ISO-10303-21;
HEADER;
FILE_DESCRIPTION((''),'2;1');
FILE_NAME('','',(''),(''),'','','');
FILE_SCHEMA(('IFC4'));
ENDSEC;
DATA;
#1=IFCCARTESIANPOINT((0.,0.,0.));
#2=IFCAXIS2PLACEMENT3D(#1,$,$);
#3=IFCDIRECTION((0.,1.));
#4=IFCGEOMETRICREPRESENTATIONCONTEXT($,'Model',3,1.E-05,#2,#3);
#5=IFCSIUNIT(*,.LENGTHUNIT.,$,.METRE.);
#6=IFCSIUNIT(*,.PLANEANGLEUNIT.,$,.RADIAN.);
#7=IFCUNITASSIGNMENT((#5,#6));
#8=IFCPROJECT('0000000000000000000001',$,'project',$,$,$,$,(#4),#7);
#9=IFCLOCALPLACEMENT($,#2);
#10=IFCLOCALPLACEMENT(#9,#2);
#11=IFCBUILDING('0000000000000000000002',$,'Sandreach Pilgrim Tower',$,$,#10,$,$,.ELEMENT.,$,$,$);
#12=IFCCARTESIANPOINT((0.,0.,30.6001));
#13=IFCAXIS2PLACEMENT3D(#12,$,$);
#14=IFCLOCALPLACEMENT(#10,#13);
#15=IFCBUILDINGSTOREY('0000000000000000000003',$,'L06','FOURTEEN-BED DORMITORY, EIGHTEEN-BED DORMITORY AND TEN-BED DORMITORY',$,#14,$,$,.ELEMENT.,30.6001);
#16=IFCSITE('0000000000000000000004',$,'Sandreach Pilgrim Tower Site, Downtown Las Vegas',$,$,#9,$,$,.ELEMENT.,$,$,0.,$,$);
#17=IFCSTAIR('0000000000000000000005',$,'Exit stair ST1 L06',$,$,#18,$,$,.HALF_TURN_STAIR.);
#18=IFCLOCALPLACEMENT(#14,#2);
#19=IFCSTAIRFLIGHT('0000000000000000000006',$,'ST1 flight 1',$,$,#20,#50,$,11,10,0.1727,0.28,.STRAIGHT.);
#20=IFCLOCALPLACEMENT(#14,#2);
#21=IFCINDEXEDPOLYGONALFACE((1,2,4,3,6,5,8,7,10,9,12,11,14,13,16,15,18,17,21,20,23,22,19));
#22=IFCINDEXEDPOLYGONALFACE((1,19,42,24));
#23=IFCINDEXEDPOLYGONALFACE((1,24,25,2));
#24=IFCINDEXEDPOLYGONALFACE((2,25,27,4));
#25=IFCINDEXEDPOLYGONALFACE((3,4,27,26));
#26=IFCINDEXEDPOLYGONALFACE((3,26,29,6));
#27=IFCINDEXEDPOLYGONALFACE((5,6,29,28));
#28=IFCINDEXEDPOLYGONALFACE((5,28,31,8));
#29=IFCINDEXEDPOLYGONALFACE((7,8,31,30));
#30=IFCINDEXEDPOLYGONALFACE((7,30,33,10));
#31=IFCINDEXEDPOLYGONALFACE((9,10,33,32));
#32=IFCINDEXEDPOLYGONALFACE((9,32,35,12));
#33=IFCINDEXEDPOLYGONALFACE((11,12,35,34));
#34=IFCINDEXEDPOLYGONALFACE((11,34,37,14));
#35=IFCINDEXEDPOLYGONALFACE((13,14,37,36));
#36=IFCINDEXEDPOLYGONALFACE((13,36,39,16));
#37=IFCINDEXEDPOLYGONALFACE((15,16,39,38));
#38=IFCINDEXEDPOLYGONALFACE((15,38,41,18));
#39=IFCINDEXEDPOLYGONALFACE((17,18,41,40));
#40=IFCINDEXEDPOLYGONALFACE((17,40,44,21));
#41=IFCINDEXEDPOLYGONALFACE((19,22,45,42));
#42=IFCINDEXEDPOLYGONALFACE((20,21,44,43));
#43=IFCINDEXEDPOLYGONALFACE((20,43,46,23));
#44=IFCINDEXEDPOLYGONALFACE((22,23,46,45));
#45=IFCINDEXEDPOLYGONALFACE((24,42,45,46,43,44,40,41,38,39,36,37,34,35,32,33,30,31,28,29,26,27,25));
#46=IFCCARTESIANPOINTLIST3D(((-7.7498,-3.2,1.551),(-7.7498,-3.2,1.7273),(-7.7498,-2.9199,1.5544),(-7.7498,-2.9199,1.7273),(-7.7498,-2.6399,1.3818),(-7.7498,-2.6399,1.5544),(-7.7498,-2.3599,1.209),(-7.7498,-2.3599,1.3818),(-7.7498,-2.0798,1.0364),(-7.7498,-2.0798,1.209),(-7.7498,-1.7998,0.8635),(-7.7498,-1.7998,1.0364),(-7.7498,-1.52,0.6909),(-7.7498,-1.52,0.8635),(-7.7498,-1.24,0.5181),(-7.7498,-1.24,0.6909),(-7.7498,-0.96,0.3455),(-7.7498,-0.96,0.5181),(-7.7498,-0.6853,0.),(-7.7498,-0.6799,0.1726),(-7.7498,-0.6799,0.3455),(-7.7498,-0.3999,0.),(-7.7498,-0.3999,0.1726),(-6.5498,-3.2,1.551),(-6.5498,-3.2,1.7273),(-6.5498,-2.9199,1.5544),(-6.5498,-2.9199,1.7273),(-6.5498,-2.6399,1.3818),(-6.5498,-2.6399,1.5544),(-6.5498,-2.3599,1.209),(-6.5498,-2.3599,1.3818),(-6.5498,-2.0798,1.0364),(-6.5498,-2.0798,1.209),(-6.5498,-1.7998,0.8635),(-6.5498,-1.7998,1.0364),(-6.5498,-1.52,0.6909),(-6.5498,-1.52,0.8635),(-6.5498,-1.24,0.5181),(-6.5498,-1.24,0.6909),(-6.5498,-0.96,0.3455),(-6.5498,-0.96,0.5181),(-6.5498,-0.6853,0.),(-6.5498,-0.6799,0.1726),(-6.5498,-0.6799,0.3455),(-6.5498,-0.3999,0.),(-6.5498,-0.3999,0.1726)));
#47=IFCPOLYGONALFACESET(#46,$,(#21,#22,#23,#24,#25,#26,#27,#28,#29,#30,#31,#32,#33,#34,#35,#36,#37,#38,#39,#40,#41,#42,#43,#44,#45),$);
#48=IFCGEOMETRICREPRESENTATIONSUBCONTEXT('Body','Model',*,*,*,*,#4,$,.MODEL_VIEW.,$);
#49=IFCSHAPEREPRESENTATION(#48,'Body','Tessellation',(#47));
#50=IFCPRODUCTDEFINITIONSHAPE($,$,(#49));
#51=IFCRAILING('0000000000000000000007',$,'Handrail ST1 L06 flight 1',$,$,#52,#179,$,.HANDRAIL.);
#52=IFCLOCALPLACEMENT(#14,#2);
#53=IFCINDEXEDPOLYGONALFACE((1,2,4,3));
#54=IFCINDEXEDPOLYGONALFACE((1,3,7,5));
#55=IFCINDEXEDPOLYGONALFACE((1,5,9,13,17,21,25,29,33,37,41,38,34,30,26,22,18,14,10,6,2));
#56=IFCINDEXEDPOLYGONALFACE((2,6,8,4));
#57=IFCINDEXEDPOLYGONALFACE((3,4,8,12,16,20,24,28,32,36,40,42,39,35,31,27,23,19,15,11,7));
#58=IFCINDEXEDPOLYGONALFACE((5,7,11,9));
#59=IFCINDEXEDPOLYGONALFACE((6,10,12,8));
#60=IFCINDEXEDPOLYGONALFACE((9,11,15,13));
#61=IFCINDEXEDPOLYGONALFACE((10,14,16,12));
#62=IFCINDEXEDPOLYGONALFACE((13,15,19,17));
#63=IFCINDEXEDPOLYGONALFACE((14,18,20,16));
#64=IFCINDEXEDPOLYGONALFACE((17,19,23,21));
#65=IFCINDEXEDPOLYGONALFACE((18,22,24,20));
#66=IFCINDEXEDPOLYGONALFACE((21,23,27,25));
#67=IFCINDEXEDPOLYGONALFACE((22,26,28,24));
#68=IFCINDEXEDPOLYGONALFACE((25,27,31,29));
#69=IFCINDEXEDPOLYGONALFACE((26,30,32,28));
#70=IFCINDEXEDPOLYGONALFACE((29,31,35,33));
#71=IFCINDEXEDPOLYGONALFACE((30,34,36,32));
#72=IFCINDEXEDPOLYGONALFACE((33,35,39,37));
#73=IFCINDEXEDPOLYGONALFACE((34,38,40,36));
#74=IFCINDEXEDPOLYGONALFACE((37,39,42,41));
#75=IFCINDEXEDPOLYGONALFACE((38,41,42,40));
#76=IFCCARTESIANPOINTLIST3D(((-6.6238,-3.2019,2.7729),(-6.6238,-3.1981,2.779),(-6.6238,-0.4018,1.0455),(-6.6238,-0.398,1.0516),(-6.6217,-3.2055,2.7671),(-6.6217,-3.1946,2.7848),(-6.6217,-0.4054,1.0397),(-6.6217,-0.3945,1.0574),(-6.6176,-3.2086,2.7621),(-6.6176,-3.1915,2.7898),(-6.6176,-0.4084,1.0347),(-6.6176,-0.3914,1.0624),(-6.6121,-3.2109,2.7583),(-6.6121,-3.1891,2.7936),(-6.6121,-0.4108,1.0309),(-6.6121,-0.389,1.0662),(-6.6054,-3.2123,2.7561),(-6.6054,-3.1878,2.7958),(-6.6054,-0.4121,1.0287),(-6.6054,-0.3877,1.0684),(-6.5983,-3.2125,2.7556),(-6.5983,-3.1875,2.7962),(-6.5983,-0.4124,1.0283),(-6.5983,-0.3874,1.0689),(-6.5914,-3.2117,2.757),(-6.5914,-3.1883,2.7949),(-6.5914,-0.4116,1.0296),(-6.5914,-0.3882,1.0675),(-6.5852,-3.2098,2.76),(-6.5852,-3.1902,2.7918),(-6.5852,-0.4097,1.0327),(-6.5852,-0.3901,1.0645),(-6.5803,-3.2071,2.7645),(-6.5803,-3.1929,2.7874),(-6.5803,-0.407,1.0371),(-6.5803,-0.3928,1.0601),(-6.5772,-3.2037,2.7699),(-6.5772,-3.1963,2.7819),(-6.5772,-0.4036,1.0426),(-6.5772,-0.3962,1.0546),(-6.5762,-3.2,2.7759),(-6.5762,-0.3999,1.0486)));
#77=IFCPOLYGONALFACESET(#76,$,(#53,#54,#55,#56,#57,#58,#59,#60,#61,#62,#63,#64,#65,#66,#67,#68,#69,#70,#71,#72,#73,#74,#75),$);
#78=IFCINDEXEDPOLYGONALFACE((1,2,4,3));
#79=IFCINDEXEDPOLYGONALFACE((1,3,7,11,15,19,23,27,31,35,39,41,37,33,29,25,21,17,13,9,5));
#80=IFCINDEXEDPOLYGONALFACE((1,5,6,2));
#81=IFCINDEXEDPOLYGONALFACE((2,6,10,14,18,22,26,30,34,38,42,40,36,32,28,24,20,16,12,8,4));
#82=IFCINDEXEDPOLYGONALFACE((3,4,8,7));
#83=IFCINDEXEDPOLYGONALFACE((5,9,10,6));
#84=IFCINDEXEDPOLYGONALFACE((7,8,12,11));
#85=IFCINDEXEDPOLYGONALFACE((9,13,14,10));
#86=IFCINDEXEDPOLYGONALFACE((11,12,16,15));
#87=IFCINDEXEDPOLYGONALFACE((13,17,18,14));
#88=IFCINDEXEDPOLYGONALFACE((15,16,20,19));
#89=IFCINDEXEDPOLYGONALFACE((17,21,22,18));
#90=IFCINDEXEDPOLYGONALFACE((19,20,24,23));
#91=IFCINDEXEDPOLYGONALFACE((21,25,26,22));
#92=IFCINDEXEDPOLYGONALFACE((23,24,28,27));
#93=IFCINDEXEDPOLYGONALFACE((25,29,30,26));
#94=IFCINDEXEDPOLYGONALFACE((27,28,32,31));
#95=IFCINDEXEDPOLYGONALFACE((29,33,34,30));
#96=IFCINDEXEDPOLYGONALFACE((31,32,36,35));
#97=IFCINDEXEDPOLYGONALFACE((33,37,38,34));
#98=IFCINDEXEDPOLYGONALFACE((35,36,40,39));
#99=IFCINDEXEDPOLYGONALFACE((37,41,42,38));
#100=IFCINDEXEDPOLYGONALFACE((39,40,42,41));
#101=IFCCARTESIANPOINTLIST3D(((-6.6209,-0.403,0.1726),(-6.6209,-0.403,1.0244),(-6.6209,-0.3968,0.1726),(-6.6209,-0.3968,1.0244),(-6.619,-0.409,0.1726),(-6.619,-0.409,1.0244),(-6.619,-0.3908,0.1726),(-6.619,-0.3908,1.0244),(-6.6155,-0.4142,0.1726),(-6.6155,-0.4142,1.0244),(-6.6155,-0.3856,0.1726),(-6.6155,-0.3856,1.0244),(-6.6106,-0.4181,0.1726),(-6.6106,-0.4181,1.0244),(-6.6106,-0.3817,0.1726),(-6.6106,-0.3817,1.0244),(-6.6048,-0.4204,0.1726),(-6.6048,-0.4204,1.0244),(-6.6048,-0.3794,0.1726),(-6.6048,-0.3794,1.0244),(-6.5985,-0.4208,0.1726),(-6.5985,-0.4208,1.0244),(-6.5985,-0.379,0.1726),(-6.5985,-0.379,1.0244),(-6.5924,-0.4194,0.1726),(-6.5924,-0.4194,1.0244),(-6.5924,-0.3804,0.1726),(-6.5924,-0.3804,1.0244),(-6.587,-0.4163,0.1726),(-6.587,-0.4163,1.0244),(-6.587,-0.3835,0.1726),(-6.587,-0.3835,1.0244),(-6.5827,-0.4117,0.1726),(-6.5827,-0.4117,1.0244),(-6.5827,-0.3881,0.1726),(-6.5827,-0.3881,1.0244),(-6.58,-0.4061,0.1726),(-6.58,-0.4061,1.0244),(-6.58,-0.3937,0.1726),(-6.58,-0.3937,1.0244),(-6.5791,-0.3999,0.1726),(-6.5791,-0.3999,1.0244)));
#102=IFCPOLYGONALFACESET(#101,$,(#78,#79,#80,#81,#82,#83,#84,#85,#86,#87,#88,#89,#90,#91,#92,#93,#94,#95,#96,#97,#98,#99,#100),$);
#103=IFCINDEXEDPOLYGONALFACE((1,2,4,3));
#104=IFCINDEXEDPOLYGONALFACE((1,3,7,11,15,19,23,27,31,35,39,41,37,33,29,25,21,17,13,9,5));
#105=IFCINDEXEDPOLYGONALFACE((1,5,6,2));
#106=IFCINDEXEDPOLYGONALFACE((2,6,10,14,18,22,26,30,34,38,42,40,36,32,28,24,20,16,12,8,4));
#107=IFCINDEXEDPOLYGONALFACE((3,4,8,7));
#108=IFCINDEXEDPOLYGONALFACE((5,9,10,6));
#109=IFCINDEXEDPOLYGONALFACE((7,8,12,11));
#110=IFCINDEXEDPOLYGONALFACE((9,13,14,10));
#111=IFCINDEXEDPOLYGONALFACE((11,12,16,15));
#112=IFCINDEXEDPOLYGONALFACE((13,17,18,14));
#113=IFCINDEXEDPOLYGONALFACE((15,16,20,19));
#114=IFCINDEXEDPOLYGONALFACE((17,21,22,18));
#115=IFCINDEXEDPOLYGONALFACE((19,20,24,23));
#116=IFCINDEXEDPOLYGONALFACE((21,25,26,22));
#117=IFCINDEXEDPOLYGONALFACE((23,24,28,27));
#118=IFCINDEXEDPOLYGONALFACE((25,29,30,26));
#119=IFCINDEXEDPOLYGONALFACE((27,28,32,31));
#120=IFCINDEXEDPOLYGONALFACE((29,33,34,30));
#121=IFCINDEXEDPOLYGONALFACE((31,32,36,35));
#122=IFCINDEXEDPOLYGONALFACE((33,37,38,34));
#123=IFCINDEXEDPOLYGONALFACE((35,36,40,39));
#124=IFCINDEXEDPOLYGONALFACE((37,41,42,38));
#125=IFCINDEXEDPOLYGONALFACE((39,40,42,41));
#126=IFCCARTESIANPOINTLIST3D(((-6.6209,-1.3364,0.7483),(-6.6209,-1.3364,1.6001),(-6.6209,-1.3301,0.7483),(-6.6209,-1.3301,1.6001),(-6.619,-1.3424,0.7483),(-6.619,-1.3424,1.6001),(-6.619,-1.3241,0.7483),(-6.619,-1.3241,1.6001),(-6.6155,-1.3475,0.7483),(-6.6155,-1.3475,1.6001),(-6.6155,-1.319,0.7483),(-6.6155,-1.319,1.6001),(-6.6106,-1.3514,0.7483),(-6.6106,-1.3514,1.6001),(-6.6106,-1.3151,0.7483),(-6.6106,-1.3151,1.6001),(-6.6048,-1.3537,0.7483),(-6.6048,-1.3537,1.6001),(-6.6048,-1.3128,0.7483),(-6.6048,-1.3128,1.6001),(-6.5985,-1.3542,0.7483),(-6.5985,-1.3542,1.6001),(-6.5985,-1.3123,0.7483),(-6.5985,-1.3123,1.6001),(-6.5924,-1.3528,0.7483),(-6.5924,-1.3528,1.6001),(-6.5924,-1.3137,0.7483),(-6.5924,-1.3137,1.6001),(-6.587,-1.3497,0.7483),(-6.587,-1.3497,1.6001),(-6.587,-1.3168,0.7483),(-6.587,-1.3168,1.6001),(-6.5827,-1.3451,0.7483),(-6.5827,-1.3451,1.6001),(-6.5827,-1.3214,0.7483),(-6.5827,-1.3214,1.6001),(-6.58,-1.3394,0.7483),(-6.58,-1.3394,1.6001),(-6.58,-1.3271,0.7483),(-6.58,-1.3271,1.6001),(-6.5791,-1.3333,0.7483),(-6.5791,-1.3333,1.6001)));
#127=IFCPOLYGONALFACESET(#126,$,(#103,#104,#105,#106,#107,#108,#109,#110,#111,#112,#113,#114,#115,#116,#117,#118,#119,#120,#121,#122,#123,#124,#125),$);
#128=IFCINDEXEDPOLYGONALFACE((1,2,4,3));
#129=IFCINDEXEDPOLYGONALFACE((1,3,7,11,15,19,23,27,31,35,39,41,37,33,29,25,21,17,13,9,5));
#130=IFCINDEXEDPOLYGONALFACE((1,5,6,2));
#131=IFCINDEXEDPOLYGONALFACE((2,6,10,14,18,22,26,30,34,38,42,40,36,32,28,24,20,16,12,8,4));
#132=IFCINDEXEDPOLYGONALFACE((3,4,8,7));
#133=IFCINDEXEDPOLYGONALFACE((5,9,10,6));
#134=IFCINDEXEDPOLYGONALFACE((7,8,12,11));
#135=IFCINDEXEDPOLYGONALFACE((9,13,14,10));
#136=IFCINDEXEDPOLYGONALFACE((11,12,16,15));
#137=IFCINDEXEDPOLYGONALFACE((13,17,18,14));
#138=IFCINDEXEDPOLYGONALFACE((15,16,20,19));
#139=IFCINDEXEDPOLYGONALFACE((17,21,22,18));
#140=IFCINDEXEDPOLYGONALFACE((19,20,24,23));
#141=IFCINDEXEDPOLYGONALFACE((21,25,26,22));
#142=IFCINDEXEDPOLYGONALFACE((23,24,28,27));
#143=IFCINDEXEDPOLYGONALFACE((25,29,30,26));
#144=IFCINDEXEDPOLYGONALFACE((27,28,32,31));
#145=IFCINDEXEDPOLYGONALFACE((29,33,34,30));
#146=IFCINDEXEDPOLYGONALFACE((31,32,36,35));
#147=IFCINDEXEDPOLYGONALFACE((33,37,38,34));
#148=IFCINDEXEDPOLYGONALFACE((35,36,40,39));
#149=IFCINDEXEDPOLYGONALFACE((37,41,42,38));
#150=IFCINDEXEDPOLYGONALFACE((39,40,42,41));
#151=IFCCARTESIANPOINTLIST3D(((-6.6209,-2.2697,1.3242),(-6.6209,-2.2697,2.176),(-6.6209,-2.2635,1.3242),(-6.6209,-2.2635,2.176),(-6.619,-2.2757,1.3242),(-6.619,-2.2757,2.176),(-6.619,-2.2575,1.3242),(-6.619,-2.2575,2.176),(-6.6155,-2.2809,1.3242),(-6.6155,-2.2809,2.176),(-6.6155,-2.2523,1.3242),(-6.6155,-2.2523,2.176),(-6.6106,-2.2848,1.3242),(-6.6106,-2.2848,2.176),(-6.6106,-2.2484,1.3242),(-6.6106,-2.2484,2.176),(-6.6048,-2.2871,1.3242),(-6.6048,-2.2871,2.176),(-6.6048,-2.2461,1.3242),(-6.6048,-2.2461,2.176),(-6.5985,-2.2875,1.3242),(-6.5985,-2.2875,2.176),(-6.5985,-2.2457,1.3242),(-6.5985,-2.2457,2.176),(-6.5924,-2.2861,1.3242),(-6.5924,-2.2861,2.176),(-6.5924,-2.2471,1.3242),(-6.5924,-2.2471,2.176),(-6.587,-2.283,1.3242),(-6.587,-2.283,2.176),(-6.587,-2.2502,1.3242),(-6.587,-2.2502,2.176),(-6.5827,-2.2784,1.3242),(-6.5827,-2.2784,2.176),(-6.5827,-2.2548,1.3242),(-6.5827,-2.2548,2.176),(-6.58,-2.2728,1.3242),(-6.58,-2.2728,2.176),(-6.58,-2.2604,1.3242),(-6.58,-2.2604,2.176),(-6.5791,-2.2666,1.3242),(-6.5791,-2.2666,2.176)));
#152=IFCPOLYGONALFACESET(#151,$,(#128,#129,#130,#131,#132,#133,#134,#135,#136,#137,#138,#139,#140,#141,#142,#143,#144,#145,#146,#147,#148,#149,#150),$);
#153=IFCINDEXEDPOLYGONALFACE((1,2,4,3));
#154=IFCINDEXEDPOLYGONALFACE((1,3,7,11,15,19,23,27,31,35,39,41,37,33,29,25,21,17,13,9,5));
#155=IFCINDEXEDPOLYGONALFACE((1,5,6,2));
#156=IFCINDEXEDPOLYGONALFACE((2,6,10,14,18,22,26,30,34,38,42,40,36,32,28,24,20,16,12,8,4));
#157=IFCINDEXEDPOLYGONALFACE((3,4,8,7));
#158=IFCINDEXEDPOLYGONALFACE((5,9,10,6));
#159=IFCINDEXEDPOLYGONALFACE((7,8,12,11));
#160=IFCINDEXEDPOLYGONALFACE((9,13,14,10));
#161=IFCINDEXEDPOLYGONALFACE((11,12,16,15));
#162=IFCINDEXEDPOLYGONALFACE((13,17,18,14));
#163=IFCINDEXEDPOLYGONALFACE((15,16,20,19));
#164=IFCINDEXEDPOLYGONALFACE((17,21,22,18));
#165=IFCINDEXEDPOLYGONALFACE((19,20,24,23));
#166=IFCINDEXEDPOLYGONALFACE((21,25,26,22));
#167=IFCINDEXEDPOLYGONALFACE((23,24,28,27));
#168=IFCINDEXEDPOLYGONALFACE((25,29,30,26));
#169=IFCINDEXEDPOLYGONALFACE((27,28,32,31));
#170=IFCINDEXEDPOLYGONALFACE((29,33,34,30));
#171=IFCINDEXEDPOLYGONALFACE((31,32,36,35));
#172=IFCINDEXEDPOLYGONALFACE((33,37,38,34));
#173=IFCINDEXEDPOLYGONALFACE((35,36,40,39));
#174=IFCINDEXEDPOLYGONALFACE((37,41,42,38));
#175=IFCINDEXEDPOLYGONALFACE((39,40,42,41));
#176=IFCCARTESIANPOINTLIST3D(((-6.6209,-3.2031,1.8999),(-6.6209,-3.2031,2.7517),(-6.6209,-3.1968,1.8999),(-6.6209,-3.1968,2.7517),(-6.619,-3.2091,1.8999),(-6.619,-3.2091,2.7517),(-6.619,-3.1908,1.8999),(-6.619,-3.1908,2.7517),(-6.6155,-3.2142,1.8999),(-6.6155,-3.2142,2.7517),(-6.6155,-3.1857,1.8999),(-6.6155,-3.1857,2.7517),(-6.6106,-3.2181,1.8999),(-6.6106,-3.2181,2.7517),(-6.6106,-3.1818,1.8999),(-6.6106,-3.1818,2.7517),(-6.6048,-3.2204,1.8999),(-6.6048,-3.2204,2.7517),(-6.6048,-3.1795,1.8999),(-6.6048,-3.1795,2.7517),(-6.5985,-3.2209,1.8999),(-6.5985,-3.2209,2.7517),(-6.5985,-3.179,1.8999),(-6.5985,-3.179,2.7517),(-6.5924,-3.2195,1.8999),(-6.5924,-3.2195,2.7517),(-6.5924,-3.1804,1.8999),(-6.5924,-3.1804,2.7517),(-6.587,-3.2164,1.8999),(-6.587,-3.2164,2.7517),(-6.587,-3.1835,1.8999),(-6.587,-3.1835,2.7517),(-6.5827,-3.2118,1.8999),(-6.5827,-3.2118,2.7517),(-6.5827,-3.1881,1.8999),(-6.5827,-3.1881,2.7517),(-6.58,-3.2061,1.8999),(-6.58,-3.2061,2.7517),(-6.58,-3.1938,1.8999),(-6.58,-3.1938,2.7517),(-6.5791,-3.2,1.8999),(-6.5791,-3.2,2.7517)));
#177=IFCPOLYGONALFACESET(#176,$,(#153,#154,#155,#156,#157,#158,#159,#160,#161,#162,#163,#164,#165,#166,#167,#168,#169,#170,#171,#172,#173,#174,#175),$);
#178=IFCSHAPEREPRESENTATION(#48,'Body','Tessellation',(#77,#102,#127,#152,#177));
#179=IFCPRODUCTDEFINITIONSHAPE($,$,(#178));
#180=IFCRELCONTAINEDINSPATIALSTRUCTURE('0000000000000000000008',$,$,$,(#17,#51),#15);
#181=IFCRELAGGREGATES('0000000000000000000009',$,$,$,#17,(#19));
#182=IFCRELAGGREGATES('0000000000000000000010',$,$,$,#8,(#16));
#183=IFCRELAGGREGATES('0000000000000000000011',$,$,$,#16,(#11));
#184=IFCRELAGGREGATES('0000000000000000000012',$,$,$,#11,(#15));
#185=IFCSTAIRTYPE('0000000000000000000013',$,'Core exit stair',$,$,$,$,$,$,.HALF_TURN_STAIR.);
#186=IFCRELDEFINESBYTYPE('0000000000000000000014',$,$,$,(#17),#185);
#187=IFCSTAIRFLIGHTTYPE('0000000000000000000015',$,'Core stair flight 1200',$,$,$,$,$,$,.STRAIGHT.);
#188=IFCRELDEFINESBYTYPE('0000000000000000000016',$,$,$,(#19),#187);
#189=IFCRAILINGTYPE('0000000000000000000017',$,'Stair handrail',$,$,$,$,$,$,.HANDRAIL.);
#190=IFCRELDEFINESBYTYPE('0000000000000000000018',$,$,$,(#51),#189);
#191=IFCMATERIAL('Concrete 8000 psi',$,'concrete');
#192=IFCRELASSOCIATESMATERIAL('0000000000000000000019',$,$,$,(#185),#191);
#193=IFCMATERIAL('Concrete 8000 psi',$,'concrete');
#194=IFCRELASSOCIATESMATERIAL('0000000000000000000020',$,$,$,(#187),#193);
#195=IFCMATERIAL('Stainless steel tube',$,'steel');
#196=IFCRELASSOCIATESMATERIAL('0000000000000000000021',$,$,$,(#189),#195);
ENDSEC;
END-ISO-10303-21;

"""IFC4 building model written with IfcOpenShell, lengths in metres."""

from ifc_helpers import new_model, si_unit, direction, frame, origin, origin_2d, place, context, subcontext, project, spatial, polyline, circle, outline, extrude, material, type_object, element, aggregate, save


model = new_model("IFC4")

# Units and contexts
model_context = context("Model", 3, precision=1e-05, world=origin(), true_north=direction((0.0, 1.0)))
body_context = subcontext(model_context, "Body", "Model", "MODEL_VIEW")
ifc_project = project(units=[si_unit("LENGTHUNIT", "METRE"), si_unit("PLANEANGLEUNIT", "RADIAN")], contexts=[model_context])

# Site, building, storey
site_placement = place(None, origin())
site = spatial("IfcSite", under=ifc_project, at=site_placement, Name="Sandreach Pilgrim Tower Site, Downtown Las Vegas", CompositionType="ELEMENT", RefElevation=0.0)
building_placement = place(site_placement, origin())
building = spatial("IfcBuilding", under=site, at=building_placement, Name="Sandreach Pilgrim Tower", CompositionType="ELEMENT")
storey_placement = place(building_placement, frame((0.0, 0.0, 30.6001)))
storey = spatial("IfcBuildingStorey", under=building, at=storey_placement, Name="L06", Description="FOURTEEN-BED DORMITORY, EIGHTEEN-BED DORMITORY AND TEN-BED DORMITORY", CompositionType="ELEMENT", Elevation=30.6001)

# Stair, stair flight
ifc_material_1 = material(Name="Concrete 8000 psi", Category="concrete")
stair_type = type_object("IfcStairType", Name="Core exit stair", PredefinedType="HALF_TURN_STAIR", material=ifc_material_1)
stair_placement = place(storey_placement, origin())
stair = element("IfcStair", 1, at=stair_placement, inside=storey, type_object=stair_type, Name="Exit stair ST1 L06", PredefinedType="HALF_TURN_STAIR")
ifc_material_2 = material(Name="Concrete 8000 psi", Category="concrete")
stair_flight_type = type_object("IfcStairFlightType", Name="Core stair flight 1200", PredefinedType="STRAIGHT", material=ifc_material_2)
stair_flight_placement = place(storey_placement, frame((-7.1499, -0.3999, 0.0), z_axis=(0.0, 0.0, 1.0), x_axis=(0.0, -1.0, 0.0)))
stair_flight = element("IfcStairFlight", 2, at=stair_flight_placement, type_object=stair_flight_type, Name="ST1 flight 1", NumberOfRisers=11, NumberOfTreads=10, PredefinedType="STRAIGHT", RiserHeight=0.1727, TreadLength=0.28, context=body_context, shape_type="SweptSolid", body=[
    extrude(outline(polyline([(0.0, 0.0), (0.0, 0.1726), (0.28, 0.1726), (0.28, 0.3455), (0.5601, 0.3455), (0.5601, 0.5181), (0.8401, 0.5181), (0.8401, 0.6909), (1.1201, 0.6909), (1.1201, 0.8635), (1.3999, 0.8635), (1.3999, 1.0364), (1.6799, 1.0364), (1.6799, 1.209), (1.96, 1.209), (1.96, 1.3818), (2.24, 1.3818), (2.24, 1.5544), (2.52, 1.5544), (2.52, 1.7273), (2.8, 1.7273), (2.8, 1.8999), (2.8, 1.551), (0.2854, 0.0), (0.0, 0.0)])), frame((0.0, 0.6001, 0.0), z_axis=(0.0, -1.0, 0.0), x_axis=(1.0, 0.0, 0.0)), (0.0, 0.0, 1.0), 1.2),
])
aggregate(stair, [stair_flight])

# Railing
ifc_material_3 = material(Name="Stainless steel tube", Category="steel")
railing_type = type_object("IfcRailingType", Name="Stair handrail", PredefinedType="HANDRAIL", material=ifc_material_3)
for number, where, name in (
    (3, (-6.6001, -0.3999, 0.1726), "Handrail ST1 L06 flight 1"),
):
    element("IfcRailing", number, at=place(storey_placement, frame(where)), inside=storey, type_object=railing_type, Name=name, PredefinedType="HANDRAIL", context=body_context, shape_type="SweptSolid", body=[
        extrude(circle(Radius=0.0239, at=origin_2d()), frame((0.0, 0.0, 0.876), z_axis=(0.0, -0.85109, 0.52502), x_axis=(1.0, 0.0, 0.0)), (0.0, 0.0, 1.0), 3.29),
        extrude(circle(Radius=0.021, at=origin_2d()), origin(), (0.0, 0.0, 1.0), 0.8518),
        extrude(circle(Radius=0.021, at=origin_2d()), frame((0.0, -0.9333, 0.5757)), (0.0, 0.0, 1.0), 0.8518),
        extrude(circle(Radius=0.021, at=origin_2d()), frame((0.0, -1.8667, 1.1516)), (0.0, 0.0, 1.0), 0.8518),
        extrude(circle(Radius=0.021, at=origin_2d()), frame((0.0, -2.8, 1.7273)), (0.0, 0.0, 1.0), 0.8518),
    ])

save(model, "model.ifc")
